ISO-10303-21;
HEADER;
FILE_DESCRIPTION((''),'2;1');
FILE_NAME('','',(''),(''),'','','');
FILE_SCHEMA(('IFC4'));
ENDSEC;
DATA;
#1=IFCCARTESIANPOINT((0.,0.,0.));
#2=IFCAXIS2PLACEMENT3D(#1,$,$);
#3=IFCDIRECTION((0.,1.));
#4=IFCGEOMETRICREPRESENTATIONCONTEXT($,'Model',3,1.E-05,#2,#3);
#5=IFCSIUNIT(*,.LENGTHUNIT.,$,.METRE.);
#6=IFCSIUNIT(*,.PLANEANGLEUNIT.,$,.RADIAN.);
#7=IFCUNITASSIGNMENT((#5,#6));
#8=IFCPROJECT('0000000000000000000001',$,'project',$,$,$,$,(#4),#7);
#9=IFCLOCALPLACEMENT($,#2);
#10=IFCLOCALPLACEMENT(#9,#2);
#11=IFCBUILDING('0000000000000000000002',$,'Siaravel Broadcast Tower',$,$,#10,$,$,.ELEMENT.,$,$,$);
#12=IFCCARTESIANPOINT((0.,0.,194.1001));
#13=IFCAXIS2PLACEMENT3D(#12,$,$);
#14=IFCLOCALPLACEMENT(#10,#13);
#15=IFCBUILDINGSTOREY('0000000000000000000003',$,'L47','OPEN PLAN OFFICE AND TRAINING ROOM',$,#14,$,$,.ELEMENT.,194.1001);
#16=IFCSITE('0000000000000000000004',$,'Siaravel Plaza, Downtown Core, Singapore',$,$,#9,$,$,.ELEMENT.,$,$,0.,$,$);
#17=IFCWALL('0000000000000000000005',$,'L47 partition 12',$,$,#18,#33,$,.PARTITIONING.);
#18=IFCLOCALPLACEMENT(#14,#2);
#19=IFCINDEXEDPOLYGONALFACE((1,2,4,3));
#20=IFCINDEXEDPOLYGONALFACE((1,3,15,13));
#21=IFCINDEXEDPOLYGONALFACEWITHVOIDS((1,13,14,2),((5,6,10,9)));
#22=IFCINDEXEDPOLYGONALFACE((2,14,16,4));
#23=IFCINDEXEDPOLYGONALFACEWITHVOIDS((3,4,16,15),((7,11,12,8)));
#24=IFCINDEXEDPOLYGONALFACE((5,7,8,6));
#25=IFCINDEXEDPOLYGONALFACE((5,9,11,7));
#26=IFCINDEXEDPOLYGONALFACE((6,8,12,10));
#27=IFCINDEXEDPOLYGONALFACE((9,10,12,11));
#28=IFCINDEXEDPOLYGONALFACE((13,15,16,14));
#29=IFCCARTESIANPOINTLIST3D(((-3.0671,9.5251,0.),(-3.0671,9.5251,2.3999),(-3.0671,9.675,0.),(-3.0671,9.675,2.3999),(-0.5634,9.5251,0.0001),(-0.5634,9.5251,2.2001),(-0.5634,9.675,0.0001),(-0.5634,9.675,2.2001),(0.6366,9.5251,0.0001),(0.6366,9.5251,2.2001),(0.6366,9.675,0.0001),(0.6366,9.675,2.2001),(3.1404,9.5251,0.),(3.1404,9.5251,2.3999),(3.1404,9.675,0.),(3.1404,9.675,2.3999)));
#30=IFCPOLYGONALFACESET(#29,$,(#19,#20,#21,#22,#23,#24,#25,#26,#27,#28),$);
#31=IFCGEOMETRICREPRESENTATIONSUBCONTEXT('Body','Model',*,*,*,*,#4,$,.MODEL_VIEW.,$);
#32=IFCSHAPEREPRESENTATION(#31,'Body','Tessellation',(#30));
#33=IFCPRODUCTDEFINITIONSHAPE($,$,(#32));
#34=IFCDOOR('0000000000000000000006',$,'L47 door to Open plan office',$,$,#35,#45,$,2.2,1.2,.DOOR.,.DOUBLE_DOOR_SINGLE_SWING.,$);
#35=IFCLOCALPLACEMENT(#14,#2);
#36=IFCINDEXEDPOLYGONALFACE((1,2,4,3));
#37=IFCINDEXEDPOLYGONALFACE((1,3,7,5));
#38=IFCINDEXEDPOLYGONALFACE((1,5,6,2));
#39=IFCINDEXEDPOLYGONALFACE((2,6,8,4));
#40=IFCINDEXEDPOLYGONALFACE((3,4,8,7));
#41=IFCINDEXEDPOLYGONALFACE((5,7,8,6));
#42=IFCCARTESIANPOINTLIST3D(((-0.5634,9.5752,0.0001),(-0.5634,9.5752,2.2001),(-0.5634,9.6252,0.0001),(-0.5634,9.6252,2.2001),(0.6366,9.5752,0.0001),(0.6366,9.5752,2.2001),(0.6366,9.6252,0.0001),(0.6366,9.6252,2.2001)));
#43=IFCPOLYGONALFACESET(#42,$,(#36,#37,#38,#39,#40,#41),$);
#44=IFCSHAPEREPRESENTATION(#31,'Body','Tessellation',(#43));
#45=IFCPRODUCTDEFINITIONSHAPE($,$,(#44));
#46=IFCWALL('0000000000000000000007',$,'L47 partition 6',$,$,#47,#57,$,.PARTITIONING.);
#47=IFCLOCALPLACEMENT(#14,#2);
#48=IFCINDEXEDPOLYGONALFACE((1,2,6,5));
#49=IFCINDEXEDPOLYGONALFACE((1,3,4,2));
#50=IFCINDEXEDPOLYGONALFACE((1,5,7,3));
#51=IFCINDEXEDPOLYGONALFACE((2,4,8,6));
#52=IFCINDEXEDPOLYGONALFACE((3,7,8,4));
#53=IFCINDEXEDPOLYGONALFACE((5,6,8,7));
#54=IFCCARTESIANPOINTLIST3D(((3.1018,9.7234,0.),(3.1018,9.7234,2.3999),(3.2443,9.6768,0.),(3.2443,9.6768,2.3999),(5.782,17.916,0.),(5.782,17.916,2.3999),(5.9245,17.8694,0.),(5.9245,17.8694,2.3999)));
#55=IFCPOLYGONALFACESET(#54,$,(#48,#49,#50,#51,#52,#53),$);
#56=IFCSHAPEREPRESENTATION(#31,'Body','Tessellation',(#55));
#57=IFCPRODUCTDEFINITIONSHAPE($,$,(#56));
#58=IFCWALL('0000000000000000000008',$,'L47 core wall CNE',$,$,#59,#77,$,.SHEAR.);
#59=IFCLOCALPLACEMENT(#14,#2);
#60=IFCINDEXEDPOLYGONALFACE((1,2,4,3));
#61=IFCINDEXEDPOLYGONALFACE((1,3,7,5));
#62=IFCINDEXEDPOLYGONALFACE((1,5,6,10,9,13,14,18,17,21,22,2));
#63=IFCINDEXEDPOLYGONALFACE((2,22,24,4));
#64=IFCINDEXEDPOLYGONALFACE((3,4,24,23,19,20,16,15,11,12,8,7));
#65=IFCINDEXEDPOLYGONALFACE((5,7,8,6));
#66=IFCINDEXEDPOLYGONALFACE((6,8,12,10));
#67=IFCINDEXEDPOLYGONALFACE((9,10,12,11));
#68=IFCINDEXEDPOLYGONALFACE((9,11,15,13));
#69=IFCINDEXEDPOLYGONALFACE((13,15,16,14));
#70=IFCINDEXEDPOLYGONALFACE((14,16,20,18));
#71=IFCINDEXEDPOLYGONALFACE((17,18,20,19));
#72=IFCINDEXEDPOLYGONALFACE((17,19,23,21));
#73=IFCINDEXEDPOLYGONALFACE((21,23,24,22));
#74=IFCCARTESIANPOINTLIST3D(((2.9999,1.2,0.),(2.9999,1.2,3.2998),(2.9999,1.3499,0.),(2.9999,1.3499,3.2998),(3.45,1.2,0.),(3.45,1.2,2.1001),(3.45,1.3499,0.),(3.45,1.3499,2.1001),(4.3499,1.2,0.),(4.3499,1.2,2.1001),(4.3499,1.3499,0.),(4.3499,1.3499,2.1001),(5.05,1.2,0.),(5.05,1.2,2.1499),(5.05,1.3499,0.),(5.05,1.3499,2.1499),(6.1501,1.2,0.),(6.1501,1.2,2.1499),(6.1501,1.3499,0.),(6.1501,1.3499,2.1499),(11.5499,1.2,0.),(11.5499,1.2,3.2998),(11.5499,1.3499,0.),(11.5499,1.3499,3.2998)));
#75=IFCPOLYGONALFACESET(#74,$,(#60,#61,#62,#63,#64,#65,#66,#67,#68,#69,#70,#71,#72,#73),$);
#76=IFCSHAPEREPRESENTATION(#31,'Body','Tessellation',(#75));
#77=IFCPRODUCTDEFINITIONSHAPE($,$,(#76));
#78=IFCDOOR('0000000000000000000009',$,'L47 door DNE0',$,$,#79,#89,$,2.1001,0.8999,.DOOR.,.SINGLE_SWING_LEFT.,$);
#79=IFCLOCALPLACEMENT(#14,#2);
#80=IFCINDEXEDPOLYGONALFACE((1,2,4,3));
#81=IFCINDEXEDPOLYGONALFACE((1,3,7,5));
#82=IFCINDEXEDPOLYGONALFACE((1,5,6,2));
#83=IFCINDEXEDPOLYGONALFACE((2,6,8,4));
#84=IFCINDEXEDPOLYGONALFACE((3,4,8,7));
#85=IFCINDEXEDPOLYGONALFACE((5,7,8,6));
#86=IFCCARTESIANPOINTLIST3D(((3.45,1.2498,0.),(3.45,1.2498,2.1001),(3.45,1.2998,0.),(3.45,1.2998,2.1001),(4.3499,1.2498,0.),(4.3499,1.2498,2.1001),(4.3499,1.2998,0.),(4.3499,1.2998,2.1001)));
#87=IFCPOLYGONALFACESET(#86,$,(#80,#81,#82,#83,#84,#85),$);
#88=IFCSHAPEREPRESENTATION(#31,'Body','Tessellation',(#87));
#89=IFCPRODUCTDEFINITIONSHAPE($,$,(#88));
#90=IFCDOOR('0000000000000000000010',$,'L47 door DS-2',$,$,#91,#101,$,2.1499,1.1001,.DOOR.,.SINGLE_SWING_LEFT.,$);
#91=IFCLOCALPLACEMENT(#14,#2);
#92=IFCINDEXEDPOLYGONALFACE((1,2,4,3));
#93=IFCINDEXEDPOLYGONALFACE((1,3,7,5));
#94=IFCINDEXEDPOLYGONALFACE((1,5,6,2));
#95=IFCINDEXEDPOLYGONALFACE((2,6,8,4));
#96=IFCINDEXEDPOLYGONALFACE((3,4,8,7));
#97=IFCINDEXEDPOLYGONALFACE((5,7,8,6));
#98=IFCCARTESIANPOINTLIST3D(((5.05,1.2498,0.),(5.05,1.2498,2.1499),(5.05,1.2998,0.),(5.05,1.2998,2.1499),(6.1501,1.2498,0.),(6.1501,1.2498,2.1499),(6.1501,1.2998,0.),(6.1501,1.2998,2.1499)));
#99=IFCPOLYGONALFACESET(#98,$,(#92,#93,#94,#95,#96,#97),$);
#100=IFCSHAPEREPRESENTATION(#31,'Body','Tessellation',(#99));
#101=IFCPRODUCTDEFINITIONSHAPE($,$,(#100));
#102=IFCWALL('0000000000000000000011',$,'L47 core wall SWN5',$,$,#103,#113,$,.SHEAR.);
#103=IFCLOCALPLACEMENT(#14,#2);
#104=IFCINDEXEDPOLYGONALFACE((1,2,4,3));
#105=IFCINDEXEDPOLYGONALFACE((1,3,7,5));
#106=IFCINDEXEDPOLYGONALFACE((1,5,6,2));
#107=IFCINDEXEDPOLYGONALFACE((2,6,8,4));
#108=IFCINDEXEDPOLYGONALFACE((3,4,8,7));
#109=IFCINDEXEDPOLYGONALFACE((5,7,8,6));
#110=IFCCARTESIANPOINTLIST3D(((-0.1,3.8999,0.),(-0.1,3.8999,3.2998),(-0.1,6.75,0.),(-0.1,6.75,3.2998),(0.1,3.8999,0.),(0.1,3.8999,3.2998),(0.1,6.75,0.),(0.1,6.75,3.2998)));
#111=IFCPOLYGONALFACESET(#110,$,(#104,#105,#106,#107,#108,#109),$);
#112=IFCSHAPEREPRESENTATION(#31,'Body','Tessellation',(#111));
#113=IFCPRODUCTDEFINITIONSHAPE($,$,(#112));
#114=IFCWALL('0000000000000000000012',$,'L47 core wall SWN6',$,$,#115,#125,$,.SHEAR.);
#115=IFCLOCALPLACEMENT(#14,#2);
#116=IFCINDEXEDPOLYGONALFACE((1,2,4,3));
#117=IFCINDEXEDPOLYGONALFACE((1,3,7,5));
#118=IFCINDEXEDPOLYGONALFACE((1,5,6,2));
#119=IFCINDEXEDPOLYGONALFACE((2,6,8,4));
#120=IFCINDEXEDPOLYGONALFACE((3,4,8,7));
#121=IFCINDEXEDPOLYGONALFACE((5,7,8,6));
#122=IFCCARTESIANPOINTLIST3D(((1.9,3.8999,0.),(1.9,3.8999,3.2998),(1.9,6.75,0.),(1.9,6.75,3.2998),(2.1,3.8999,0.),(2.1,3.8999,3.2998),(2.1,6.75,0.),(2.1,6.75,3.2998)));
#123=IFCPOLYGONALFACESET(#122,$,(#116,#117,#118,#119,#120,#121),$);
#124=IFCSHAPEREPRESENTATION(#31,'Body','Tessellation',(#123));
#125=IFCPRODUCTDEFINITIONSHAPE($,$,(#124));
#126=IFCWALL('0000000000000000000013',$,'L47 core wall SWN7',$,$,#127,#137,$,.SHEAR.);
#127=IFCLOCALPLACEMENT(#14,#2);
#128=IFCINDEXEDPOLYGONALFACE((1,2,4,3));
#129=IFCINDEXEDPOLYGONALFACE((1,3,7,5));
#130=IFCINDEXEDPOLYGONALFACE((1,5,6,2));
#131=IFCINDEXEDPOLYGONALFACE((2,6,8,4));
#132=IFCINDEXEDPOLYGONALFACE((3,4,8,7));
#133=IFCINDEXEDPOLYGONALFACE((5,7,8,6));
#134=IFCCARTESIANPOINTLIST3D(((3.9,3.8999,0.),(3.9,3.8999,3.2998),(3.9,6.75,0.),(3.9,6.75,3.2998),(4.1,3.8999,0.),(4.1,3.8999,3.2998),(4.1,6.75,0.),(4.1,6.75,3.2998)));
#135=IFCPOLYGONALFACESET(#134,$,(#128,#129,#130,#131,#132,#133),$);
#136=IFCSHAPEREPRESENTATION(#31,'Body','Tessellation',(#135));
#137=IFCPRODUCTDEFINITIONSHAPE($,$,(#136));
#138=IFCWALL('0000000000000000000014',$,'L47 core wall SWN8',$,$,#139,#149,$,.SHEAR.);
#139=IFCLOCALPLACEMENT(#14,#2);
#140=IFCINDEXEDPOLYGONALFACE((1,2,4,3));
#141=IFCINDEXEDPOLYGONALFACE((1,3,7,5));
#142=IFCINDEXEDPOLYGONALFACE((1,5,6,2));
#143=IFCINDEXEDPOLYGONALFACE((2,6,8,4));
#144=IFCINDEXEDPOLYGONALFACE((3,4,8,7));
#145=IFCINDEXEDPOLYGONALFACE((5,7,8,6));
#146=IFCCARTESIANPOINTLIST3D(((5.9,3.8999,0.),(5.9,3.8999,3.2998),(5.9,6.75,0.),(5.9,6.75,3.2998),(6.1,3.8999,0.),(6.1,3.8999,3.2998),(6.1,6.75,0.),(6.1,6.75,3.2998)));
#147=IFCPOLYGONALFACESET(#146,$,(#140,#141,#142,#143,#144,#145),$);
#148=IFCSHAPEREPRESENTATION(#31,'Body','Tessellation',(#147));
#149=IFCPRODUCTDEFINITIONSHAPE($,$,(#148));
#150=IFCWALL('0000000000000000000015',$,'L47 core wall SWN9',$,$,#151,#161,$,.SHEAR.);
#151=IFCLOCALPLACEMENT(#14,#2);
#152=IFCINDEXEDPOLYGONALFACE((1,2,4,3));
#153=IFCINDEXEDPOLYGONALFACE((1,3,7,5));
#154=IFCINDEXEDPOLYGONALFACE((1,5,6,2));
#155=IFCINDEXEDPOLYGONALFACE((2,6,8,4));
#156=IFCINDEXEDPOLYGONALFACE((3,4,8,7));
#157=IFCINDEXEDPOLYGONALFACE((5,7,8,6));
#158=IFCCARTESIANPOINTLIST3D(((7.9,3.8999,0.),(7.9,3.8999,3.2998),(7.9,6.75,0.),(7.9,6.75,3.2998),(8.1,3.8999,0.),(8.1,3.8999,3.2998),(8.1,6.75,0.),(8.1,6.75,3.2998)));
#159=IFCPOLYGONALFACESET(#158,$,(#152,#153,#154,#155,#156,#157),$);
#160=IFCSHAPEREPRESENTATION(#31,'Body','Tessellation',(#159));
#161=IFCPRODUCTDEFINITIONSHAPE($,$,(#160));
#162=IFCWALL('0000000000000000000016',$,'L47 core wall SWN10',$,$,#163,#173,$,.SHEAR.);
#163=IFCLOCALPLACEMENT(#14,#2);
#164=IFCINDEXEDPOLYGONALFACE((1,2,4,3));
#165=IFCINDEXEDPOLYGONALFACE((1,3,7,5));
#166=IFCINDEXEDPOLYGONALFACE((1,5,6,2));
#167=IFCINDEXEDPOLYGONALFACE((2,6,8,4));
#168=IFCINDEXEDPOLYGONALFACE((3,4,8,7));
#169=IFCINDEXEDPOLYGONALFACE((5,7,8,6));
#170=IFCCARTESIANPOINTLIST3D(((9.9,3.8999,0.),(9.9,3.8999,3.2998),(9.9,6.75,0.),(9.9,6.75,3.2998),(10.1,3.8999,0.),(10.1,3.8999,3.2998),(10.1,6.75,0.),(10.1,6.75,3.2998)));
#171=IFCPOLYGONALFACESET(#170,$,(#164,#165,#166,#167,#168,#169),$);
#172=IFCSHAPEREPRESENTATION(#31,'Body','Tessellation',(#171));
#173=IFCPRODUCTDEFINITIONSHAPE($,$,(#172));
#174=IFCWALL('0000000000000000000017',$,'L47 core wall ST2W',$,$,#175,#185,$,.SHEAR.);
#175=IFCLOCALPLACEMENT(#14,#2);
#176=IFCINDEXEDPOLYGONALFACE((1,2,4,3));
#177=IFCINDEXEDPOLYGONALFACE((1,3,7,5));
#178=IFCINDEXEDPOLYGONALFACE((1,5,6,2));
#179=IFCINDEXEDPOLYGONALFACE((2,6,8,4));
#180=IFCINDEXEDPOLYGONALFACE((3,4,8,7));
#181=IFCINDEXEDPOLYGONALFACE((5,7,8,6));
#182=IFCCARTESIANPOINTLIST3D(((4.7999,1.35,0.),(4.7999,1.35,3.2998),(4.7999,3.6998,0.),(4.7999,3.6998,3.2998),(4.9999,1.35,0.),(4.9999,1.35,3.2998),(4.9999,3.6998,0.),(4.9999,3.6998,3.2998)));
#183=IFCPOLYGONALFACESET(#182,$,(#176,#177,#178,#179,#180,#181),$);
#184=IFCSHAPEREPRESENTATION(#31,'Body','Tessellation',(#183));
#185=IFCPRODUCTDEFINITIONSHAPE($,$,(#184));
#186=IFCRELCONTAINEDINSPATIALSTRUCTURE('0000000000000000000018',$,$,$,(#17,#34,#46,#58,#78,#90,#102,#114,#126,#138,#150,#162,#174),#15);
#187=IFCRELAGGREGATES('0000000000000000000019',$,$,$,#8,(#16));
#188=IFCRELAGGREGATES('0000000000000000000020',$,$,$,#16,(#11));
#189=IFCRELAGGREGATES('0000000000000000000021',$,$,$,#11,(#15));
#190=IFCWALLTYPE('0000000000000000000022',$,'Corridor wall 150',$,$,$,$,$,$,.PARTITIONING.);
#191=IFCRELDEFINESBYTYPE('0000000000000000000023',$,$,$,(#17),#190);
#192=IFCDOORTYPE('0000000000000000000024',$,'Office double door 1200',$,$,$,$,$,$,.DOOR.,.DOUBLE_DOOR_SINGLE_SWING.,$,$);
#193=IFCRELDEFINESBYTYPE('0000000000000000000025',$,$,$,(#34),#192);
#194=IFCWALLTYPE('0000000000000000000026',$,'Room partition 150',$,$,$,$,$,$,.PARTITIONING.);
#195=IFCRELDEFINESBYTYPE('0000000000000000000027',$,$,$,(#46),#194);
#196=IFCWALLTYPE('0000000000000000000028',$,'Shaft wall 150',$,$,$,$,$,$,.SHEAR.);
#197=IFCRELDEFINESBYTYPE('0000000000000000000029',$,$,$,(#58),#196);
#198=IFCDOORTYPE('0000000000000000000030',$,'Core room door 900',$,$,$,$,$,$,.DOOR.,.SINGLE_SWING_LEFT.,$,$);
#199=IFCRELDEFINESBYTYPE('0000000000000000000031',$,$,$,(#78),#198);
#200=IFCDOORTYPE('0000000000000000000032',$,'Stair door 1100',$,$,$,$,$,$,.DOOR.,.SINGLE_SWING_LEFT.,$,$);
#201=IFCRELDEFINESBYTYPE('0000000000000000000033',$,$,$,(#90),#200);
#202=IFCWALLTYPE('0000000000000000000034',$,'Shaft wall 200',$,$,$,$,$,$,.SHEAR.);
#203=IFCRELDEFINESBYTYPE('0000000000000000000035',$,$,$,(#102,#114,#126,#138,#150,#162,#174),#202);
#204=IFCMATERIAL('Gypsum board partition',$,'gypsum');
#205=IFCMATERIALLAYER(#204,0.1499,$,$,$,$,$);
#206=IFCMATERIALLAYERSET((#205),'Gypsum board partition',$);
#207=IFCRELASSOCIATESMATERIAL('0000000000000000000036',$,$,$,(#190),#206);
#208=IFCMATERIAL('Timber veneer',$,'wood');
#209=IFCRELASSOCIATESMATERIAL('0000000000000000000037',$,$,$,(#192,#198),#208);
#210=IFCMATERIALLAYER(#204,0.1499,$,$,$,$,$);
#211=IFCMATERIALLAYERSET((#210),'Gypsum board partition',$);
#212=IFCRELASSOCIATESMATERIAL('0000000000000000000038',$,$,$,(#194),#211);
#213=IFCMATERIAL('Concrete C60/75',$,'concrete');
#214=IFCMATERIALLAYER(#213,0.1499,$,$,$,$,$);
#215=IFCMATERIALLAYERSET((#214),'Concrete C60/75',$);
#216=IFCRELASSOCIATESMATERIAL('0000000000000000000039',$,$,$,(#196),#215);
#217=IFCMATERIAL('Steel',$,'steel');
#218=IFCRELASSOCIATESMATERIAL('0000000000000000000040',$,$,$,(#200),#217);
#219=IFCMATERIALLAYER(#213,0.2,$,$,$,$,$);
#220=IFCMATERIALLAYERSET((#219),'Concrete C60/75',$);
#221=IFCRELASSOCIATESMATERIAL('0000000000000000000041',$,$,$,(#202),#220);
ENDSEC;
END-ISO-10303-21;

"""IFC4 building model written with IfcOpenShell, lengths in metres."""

from ifc_helpers import new_model, si_unit, direction, frame, frame_2d, origin, place, context, subcontext, project, spatial, rectangle, extrude, material, layer, layer_set, type_object, element, fill, save


model = new_model("IFC4")

# Units and contexts
model_context = context("Model", 3, precision=1e-05, world=origin(), true_north=direction((0.0, 1.0)))
body_context = subcontext(model_context, "Body", "Model", "MODEL_VIEW")
ifc_project = project(units=[si_unit("LENGTHUNIT", "METRE"), si_unit("PLANEANGLEUNIT", "RADIAN")], contexts=[model_context])

# Site, building, storey
site_placement = place(None, origin())
site = spatial("IfcSite", under=ifc_project, at=site_placement, Name="Siaravel Plaza, Downtown Core, Singapore", CompositionType="ELEMENT", RefElevation=0.0)
building_placement = place(site_placement, origin())
building = spatial("IfcBuilding", under=site, at=building_placement, Name="Siaravel Broadcast Tower", CompositionType="ELEMENT")
storey_placement = place(building_placement, frame((0.0, 0.0, 194.1001)))
storey = spatial("IfcBuildingStorey", under=building, at=storey_placement, Name="L47", Description="OPEN PLAN OFFICE AND TRAINING ROOM", CompositionType="ELEMENT", Elevation=194.1001)

# Shared definitions
ifc_material_1 = material(Name="Concrete C60/75", Category="concrete")

# Wall, opening, door
ifc_material_2 = material(Name="Gypsum board partition", Category="gypsum")
ifc_layer_1 = layer(ifc_material_2, 0.1499)
ifc_layer_set_1 = layer_set([ifc_layer_1], Name="Gypsum board partition")
wall_type_1 = type_object("IfcWallType", Name="Corridor wall 150", PredefinedType="PARTITIONING", material=ifc_layer_set_1)
wall_1_placement = place(storey_placement, frame((3.1404, 9.6001, 0.0), z_axis=(0.0, 0.0, 1.0), x_axis=(-1.0, 0.0, 0.0)))
wall_1 = element("IfcWall", 1, at=wall_1_placement, inside=storey, type_object=wall_type_1, Name="L47 partition 12", PredefinedType="PARTITIONING", context=body_context, shape_type="SweptSolid", body=[
    extrude(rectangle(XDim=6.2075, YDim=0.1499, at=frame_2d((3.1038, 0.0))), origin(), (0.0, 0.0, 1.0), 2.3999),
])
opening_1_placement = place(wall_1_placement, frame((2.5037, 0.0, 0.0)))
opening_1 = element("IfcOpeningElement", 2, at=opening_1_placement, cuts=wall_1, PredefinedType="OPENING", context=body_context, shape_type="SweptSolid", body=[
    extrude(rectangle(XDim=1.2, YDim=2.2, at=frame_2d((0.6001, 1.1001))), frame((0.0, 0.085, 0.0), z_axis=(0.0, -1.0, 0.0), x_axis=(1.0, 0.0, 0.0)), (0.0, 0.0, 1.0), 0.1699),
])
ifc_material_3 = material(Name="Timber veneer", Category="wood")
door_type_1 = type_object("IfcDoorType", Name="Office double door 1200", OperationType="DOUBLE_DOOR_SINGLE_SWING", PredefinedType="DOOR", material=ifc_material_3)
door_1_placement = place(opening_1_placement, origin())
door_1 = element("IfcDoor", 3, at=door_1_placement, inside=storey, type_object=door_type_1, Name="L47 door to Open plan office", OperationType="DOUBLE_DOOR_SINGLE_SWING", OverallHeight=2.2, OverallWidth=1.2, PredefinedType="DOOR", context=body_context, shape_type="SweptSolid", body=[
    extrude(rectangle(XDim=1.2, YDim=2.2, at=frame_2d((0.6001, 1.1001))), frame((0.0, 0.0249, 0.0), z_axis=(0.0, -1.0, 0.0), x_axis=(1.0, 0.0, 0.0)), (0.0, 0.0, 1.0), 0.05),
])
fill(opening_1, door_1)

# Wall
ifc_layer_2 = layer(ifc_material_2, 0.1499)
ifc_layer_set_2 = layer_set([ifc_layer_2], Name="Gypsum board partition")
wall_type_2 = type_object("IfcWallType", Name="Room partition 150", PredefinedType="PARTITIONING", material=ifc_layer_set_2)
wall_2_placement = place(storey_placement, frame((5.8533, 17.8928, 0.0), z_axis=(0.0, 0.0, 1.0), x_axis=(-0.310929, -0.950433, 0.0)))
element("IfcWall", 4, at=wall_2_placement, inside=storey, type_object=wall_type_2, Name="L47 partition 6", PredefinedType="PARTITIONING", context=body_context, shape_type="SweptSolid", body=[
    extrude(rectangle(XDim=8.6199, YDim=0.1499, at=frame_2d((4.3101, 0.0))), origin(), (0.0, 0.0, 1.0), 2.3999),
])

# Wall, openings, doors
ifc_layer_3 = layer(ifc_material_1, 0.1499)
ifc_layer_set_3 = layer_set([ifc_layer_3], Name="Concrete C60/75")
wall_type_3 = type_object("IfcWallType", Name="Shaft wall 150", PredefinedType="SHEAR", material=ifc_layer_set_3)
wall_3_placement = place(storey_placement, frame((3.0, 1.2749, 0.0), z_axis=(0.0, 0.0, 1.0), x_axis=(1.0, 0.0, 0.0)))
wall_3 = element("IfcWall", 5, at=wall_3_placement, inside=storey, type_object=wall_type_3, Name="L47 core wall CNE", PredefinedType="SHEAR", context=body_context, shape_type="SweptSolid", body=[
    extrude(rectangle(XDim=8.55, YDim=0.1499, at=frame_2d((4.2749, 0.0))), origin(), (0.0, 0.0, 1.0), 3.2998),
])
opening_2_placement = place(wall_3_placement, frame((2.05, 0.0, 0.0)))
opening_2 = element("IfcOpeningElement", 6, at=opening_2_placement, cuts=wall_3, PredefinedType="OPENING", context=body_context, shape_type="SweptSolid", body=[
    extrude(rectangle(XDim=1.1001, YDim=2.1499, at=frame_2d((0.55, 1.075))), frame((0.0, 0.085, 0.0), z_axis=(0.0, -1.0, 0.0), x_axis=(1.0, 0.0, 0.0)), (0.0, 0.0, 1.0), 0.1699),
])
opening_3_placement = place(wall_3_placement, frame((0.45, 0.0, 0.0)))
opening_3 = element("IfcOpeningElement", 7, at=opening_3_placement, cuts=wall_3, PredefinedType="OPENING", context=body_context, shape_type="SweptSolid", body=[
    extrude(rectangle(XDim=0.8999, YDim=2.1001, at=frame_2d((0.45, 1.05))), frame((0.0, 0.085, 0.0), z_axis=(0.0, -1.0, 0.0), x_axis=(1.0, 0.0, 0.0)), (0.0, 0.0, 1.0), 0.1699),
])
door_type_2 = type_object("IfcDoorType", Name="Core room door 900", OperationType="SINGLE_SWING_LEFT", PredefinedType="DOOR", material=ifc_material_3)
door_2_placement = place(opening_3_placement, origin())
door_2 = element("IfcDoor", 8, at=door_2_placement, inside=storey, type_object=door_type_2, Name="L47 door DNE0", OperationType="SINGLE_SWING_LEFT", OverallHeight=2.1001, OverallWidth=0.8999, PredefinedType="DOOR", context=body_context, shape_type="SweptSolid", body=[
    extrude(rectangle(XDim=0.8999, YDim=2.1001, at=frame_2d((0.45, 1.05))), frame((0.0, 0.0249, 0.0), z_axis=(0.0, -1.0, 0.0), x_axis=(1.0, 0.0, 0.0)), (0.0, 0.0, 1.0), 0.05),
])
fill(opening_3, door_2)
ifc_material_4 = material(Name="Steel", Category="steel")
door_type_3 = type_object("IfcDoorType", Name="Stair door 1100", OperationType="SINGLE_SWING_LEFT", PredefinedType="DOOR", material=ifc_material_4)
door_3_placement = place(opening_2_placement, origin())
door_3 = element("IfcDoor", 9, at=door_3_placement, inside=storey, type_object=door_type_3, Name="L47 door DS-2", OperationType="SINGLE_SWING_LEFT", OverallHeight=2.1499, OverallWidth=1.1001, PredefinedType="DOOR", context=body_context, shape_type="SweptSolid", body=[
    extrude(rectangle(XDim=1.1001, YDim=2.1499, at=frame_2d((0.55, 1.075))), frame((0.0, 0.0249, 0.0), z_axis=(0.0, -1.0, 0.0), x_axis=(1.0, 0.0, 0.0)), (0.0, 0.0, 1.0), 0.05),
])
fill(opening_2, door_3)

# Walls
ifc_layer_4 = layer(ifc_material_1, 0.2)
ifc_layer_set_4 = layer_set([ifc_layer_4], Name="Concrete C60/75")
wall_type_4 = type_object("IfcWallType", Name="Shaft wall 200", PredefinedType="SHEAR", material=ifc_layer_set_4)
for number, where, z_axis, x_axis, name in (
    (10, (0.0, 3.8999, 0.0), (0.0, 0.0, 1.0), (0.0, 1.0, 0.0), "L47 core wall SWN5"),
    (11, (2.0, 3.8999, 0.0), (0.0, 0.0, 1.0), (0.0, 1.0, 0.0), "L47 core wall SWN6"),
    (12, (4.0, 3.8999, 0.0), (0.0, 0.0, 1.0), (0.0, 1.0, 0.0), "L47 core wall SWN7"),
    (13, (6.0, 3.8999, 0.0), (0.0, 0.0, 1.0), (0.0, 1.0, 0.0), "L47 core wall SWN8"),
    (14, (8.0, 3.8999, 0.0), (0.0, 0.0, 1.0), (0.0, 1.0, 0.0), "L47 core wall SWN9"),
    (15, (10.0, 3.8999, 0.0), (0.0, 0.0, 1.0), (0.0, 1.0, 0.0), "L47 core wall SWN10"),
):
    element("IfcWall", number, at=place(storey_placement, frame(where, z_axis=z_axis, x_axis=x_axis)), inside=storey, type_object=wall_type_4, Name=name, PredefinedType="SHEAR", context=body_context, shape_type="SweptSolid", body=[
        extrude(rectangle(XDim=2.8501, YDim=0.2, at=frame_2d((1.425, 0.0))), origin(), (0.0, 0.0, 1.0), 3.2998),
    ])
wall_4_placement = place(storey_placement, frame((4.8999, 1.3501, 0.0), z_axis=(0.0, 0.0, 1.0), x_axis=(0.0, 1.0, 0.0)))
element("IfcWall", 16, at=wall_4_placement, inside=storey, type_object=wall_type_4, Name="L47 core wall ST2W", PredefinedType="SHEAR", context=body_context, shape_type="SweptSolid", body=[
    extrude(rectangle(XDim=2.3499, YDim=0.2, at=frame_2d((1.1748, 0.0))), origin(), (0.0, 0.0, 1.0), 3.2998),
])

save(model, "model.ifc")
